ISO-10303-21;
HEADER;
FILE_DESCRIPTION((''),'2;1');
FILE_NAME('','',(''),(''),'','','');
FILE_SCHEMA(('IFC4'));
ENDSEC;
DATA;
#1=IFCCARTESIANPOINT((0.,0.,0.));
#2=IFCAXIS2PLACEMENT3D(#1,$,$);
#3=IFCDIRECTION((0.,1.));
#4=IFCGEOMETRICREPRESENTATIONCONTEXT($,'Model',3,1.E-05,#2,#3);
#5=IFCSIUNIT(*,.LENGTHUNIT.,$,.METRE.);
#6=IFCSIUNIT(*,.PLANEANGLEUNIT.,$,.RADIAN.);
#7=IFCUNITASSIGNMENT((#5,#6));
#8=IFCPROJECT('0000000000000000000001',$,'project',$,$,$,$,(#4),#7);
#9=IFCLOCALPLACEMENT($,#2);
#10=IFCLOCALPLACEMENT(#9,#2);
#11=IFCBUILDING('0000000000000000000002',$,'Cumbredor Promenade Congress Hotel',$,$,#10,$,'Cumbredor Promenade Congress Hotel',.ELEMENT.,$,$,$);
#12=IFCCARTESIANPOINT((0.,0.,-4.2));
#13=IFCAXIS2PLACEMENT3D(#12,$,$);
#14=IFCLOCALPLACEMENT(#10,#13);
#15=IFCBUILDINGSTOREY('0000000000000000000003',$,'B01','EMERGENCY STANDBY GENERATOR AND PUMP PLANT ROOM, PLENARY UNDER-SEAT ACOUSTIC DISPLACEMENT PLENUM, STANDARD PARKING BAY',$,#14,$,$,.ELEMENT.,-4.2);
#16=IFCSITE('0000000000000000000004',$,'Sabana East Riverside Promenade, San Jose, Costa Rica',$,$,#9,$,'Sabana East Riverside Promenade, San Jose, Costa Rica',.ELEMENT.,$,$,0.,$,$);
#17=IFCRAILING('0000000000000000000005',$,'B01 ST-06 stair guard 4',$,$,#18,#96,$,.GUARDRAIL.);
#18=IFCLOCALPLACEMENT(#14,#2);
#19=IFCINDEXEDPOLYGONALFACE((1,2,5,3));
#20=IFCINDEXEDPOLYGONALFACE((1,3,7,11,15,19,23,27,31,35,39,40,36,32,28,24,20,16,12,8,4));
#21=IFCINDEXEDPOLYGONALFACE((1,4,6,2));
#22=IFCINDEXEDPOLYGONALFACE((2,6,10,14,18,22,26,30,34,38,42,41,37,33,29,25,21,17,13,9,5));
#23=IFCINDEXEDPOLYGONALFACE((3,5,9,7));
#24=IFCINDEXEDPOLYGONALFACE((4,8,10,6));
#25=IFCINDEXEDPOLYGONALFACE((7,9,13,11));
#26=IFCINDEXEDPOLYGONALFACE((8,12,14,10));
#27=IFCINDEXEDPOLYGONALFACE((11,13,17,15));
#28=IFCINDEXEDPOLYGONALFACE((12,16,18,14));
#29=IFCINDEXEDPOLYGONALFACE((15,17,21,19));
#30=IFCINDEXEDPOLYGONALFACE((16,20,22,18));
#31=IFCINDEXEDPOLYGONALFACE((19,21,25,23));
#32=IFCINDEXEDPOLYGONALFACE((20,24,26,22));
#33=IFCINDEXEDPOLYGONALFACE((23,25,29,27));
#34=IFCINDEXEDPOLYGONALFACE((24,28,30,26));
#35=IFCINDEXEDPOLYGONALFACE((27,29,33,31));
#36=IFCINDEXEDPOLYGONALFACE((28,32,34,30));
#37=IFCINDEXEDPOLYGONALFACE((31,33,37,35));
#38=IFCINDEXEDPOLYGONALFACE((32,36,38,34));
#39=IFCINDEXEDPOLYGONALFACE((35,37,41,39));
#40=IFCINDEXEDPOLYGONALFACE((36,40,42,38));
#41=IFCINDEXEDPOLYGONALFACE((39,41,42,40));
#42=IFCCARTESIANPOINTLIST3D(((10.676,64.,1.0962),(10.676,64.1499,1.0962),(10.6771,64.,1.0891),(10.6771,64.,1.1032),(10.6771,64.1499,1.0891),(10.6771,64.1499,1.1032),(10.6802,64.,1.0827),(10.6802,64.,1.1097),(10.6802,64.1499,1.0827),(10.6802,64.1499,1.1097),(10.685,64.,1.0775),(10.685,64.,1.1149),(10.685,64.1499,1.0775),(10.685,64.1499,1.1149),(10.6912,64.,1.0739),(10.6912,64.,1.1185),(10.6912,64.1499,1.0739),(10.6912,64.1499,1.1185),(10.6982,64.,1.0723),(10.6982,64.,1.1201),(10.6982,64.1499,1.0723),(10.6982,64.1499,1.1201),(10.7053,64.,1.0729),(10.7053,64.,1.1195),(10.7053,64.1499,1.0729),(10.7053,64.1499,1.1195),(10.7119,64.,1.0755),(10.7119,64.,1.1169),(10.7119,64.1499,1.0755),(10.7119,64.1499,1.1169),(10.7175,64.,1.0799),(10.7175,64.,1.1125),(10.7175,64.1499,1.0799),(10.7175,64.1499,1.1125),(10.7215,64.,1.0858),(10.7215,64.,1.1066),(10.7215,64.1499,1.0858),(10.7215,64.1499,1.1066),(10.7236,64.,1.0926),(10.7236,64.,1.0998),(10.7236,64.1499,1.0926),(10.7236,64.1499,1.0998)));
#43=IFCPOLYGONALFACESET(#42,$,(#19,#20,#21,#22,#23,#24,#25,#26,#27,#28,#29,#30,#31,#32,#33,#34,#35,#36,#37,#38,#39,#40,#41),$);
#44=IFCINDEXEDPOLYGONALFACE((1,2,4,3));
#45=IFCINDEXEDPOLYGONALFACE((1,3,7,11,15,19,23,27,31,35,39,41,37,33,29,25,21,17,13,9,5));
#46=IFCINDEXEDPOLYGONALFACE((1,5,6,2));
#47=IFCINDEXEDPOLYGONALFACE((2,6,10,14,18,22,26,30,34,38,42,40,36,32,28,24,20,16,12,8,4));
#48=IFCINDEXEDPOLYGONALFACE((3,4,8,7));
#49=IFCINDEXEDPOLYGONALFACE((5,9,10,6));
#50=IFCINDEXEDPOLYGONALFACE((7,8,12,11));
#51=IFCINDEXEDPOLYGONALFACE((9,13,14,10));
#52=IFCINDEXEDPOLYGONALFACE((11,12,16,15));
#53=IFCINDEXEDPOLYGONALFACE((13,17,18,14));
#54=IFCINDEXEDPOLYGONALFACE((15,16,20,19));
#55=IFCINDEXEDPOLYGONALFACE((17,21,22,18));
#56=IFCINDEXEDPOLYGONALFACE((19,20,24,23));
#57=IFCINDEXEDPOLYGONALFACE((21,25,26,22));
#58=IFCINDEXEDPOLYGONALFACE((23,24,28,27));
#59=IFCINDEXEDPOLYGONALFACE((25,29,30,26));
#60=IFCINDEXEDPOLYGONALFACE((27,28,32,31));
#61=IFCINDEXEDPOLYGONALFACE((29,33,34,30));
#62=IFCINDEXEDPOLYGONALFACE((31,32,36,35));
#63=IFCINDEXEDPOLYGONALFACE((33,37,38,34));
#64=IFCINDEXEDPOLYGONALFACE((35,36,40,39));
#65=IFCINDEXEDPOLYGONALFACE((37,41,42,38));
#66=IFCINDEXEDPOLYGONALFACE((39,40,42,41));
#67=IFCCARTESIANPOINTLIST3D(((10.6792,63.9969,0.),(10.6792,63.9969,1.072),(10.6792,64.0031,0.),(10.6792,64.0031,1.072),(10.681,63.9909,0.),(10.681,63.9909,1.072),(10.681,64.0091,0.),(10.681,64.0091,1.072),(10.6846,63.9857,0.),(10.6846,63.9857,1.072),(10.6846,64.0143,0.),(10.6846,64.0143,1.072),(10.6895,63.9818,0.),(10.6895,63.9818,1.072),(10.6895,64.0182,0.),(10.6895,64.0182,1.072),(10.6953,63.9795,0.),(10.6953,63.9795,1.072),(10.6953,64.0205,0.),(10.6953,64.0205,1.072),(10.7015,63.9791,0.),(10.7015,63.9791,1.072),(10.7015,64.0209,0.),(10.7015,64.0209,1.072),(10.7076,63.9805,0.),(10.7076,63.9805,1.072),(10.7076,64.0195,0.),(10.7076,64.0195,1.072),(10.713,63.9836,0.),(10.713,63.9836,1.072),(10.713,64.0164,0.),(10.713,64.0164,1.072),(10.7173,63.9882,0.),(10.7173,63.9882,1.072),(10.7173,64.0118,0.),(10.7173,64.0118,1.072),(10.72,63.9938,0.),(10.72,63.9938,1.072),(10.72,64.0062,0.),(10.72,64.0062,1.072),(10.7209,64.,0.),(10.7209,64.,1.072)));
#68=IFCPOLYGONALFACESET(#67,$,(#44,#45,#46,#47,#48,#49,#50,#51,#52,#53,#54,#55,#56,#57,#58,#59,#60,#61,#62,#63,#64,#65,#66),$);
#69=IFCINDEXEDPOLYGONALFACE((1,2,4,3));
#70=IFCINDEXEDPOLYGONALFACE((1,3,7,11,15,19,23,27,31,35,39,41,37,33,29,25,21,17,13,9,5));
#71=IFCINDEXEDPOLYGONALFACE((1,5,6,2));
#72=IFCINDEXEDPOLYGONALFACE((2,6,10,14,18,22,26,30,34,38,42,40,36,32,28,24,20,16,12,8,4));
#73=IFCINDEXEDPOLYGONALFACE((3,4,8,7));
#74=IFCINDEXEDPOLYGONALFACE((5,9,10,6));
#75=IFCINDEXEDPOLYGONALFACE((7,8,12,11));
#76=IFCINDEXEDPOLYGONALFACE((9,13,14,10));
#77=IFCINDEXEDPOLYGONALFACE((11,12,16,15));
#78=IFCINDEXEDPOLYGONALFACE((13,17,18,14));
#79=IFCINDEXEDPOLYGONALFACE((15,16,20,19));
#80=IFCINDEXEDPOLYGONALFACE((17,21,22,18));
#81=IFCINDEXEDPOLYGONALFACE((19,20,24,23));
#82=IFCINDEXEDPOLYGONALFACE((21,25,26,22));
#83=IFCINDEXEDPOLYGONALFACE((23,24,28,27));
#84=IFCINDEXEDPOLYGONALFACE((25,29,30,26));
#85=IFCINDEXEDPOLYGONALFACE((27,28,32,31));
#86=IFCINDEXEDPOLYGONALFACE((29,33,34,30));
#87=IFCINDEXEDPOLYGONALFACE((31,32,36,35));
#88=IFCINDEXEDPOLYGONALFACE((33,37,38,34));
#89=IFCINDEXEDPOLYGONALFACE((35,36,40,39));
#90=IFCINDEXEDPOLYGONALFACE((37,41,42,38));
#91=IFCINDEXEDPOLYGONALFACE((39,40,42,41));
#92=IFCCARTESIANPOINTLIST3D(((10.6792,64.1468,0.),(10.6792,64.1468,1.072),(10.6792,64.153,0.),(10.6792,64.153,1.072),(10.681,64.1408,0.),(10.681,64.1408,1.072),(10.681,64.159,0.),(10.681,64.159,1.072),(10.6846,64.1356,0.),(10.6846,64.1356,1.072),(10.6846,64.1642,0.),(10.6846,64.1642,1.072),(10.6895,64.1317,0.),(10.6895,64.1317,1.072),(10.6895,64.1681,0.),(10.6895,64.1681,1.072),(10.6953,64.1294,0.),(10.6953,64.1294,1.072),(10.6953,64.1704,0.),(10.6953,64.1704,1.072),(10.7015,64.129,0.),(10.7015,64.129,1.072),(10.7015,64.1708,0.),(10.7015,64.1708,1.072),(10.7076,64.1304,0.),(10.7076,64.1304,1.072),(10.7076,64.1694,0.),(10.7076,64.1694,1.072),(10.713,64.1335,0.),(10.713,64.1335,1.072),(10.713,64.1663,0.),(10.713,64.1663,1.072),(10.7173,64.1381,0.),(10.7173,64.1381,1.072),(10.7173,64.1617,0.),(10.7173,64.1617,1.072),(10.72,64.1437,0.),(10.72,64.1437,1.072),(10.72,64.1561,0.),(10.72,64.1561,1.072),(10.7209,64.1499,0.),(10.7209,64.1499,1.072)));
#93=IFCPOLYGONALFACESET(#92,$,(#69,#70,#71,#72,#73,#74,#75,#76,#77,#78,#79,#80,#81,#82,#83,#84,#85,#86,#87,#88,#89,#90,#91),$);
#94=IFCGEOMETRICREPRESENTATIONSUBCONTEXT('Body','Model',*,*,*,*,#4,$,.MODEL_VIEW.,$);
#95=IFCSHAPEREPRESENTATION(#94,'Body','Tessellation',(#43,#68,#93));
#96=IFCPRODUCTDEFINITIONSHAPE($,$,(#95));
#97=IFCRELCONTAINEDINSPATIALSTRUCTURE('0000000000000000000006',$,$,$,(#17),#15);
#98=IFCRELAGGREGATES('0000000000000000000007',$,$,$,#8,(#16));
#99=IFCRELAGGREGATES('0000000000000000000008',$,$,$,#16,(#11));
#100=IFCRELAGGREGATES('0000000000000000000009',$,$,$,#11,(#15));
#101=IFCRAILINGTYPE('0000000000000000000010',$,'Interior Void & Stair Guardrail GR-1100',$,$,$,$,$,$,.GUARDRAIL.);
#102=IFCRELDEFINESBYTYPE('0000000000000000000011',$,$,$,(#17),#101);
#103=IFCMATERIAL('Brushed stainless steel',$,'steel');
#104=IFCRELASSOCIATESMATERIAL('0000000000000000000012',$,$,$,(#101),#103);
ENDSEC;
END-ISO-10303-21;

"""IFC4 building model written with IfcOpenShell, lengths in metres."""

from ifc_helpers import new_model, si_unit, direction, frame, origin, origin_2d, place, context, subcontext, project, spatial, circle, extrude, material, type_object, element, save


model = new_model("IFC4")

# Units and contexts
model_context = context("Model", 3, precision=1e-05, world=origin(), true_north=direction((0.0, 1.0)))
body_context = subcontext(model_context, "Body", "Model", "MODEL_VIEW")
ifc_project = project(units=[si_unit("LENGTHUNIT", "METRE"), si_unit("PLANEANGLEUNIT", "RADIAN")], contexts=[model_context])

# Site, building, storey
site_placement = place(None, origin())
site = spatial("IfcSite", under=ifc_project, at=site_placement, Name="Sabana East Riverside Promenade, San Jose, Costa Rica", LongName="Sabana East Riverside Promenade, San Jose, Costa Rica", CompositionType="ELEMENT", RefElevation=0.0)
building_placement = place(site_placement, origin())
building = spatial("IfcBuilding", under=site, at=building_placement, Name="Cumbredor Promenade Congress Hotel", LongName="Cumbredor Promenade Congress Hotel", CompositionType="ELEMENT")
storey_placement = place(building_placement, frame((0.0, 0.0, -4.2)))
storey = spatial("IfcBuildingStorey", under=building, at=storey_placement, Name="B01", Description="EMERGENCY STANDBY GENERATOR AND PUMP PLANT ROOM, PLENARY UNDER-SEAT ACOUSTIC DISPLACEMENT PLENUM, STANDARD PARKING BAY", CompositionType="ELEMENT", Elevation=-4.2)

# Railing
ifc_material_1 = material(Name="Brushed stainless steel", Category="steel")
railing_type_1 = type_object("IfcRailingType", Name="Interior Void & Stair Guardrail GR-1100", PredefinedType="GUARDRAIL", material=ifc_material_1)
railing_1_placement = place(storey_placement, frame((10.7, 64.0, 0.0)))
element("IfcRailing", 1, at=railing_1_placement, inside=storey, type_object=railing_type_1, Name="B01 ST-06 stair guard 4", PredefinedType="GUARDRAIL", context=body_context, shape_type="SweptSolid", body=[
    extrude(circle(Radius=0.0239, at=origin_2d()), frame((0.0, 0.0, 1.0962), z_axis=(0.0, 1.0, 0.0), x_axis=(-1.0, 0.0, 0.0)), (0.0, 0.0, 1.0), 0.1499),
    extrude(circle(Radius=0.021, at=origin_2d()), origin(), (0.0, 0.0, 1.0), 1.072),
    extrude(circle(Radius=0.021, at=origin_2d()), frame((0.0, 0.1499, 0.0)), (0.0, 0.0, 1.0), 1.072),
])

save(model, "model.ifc")
